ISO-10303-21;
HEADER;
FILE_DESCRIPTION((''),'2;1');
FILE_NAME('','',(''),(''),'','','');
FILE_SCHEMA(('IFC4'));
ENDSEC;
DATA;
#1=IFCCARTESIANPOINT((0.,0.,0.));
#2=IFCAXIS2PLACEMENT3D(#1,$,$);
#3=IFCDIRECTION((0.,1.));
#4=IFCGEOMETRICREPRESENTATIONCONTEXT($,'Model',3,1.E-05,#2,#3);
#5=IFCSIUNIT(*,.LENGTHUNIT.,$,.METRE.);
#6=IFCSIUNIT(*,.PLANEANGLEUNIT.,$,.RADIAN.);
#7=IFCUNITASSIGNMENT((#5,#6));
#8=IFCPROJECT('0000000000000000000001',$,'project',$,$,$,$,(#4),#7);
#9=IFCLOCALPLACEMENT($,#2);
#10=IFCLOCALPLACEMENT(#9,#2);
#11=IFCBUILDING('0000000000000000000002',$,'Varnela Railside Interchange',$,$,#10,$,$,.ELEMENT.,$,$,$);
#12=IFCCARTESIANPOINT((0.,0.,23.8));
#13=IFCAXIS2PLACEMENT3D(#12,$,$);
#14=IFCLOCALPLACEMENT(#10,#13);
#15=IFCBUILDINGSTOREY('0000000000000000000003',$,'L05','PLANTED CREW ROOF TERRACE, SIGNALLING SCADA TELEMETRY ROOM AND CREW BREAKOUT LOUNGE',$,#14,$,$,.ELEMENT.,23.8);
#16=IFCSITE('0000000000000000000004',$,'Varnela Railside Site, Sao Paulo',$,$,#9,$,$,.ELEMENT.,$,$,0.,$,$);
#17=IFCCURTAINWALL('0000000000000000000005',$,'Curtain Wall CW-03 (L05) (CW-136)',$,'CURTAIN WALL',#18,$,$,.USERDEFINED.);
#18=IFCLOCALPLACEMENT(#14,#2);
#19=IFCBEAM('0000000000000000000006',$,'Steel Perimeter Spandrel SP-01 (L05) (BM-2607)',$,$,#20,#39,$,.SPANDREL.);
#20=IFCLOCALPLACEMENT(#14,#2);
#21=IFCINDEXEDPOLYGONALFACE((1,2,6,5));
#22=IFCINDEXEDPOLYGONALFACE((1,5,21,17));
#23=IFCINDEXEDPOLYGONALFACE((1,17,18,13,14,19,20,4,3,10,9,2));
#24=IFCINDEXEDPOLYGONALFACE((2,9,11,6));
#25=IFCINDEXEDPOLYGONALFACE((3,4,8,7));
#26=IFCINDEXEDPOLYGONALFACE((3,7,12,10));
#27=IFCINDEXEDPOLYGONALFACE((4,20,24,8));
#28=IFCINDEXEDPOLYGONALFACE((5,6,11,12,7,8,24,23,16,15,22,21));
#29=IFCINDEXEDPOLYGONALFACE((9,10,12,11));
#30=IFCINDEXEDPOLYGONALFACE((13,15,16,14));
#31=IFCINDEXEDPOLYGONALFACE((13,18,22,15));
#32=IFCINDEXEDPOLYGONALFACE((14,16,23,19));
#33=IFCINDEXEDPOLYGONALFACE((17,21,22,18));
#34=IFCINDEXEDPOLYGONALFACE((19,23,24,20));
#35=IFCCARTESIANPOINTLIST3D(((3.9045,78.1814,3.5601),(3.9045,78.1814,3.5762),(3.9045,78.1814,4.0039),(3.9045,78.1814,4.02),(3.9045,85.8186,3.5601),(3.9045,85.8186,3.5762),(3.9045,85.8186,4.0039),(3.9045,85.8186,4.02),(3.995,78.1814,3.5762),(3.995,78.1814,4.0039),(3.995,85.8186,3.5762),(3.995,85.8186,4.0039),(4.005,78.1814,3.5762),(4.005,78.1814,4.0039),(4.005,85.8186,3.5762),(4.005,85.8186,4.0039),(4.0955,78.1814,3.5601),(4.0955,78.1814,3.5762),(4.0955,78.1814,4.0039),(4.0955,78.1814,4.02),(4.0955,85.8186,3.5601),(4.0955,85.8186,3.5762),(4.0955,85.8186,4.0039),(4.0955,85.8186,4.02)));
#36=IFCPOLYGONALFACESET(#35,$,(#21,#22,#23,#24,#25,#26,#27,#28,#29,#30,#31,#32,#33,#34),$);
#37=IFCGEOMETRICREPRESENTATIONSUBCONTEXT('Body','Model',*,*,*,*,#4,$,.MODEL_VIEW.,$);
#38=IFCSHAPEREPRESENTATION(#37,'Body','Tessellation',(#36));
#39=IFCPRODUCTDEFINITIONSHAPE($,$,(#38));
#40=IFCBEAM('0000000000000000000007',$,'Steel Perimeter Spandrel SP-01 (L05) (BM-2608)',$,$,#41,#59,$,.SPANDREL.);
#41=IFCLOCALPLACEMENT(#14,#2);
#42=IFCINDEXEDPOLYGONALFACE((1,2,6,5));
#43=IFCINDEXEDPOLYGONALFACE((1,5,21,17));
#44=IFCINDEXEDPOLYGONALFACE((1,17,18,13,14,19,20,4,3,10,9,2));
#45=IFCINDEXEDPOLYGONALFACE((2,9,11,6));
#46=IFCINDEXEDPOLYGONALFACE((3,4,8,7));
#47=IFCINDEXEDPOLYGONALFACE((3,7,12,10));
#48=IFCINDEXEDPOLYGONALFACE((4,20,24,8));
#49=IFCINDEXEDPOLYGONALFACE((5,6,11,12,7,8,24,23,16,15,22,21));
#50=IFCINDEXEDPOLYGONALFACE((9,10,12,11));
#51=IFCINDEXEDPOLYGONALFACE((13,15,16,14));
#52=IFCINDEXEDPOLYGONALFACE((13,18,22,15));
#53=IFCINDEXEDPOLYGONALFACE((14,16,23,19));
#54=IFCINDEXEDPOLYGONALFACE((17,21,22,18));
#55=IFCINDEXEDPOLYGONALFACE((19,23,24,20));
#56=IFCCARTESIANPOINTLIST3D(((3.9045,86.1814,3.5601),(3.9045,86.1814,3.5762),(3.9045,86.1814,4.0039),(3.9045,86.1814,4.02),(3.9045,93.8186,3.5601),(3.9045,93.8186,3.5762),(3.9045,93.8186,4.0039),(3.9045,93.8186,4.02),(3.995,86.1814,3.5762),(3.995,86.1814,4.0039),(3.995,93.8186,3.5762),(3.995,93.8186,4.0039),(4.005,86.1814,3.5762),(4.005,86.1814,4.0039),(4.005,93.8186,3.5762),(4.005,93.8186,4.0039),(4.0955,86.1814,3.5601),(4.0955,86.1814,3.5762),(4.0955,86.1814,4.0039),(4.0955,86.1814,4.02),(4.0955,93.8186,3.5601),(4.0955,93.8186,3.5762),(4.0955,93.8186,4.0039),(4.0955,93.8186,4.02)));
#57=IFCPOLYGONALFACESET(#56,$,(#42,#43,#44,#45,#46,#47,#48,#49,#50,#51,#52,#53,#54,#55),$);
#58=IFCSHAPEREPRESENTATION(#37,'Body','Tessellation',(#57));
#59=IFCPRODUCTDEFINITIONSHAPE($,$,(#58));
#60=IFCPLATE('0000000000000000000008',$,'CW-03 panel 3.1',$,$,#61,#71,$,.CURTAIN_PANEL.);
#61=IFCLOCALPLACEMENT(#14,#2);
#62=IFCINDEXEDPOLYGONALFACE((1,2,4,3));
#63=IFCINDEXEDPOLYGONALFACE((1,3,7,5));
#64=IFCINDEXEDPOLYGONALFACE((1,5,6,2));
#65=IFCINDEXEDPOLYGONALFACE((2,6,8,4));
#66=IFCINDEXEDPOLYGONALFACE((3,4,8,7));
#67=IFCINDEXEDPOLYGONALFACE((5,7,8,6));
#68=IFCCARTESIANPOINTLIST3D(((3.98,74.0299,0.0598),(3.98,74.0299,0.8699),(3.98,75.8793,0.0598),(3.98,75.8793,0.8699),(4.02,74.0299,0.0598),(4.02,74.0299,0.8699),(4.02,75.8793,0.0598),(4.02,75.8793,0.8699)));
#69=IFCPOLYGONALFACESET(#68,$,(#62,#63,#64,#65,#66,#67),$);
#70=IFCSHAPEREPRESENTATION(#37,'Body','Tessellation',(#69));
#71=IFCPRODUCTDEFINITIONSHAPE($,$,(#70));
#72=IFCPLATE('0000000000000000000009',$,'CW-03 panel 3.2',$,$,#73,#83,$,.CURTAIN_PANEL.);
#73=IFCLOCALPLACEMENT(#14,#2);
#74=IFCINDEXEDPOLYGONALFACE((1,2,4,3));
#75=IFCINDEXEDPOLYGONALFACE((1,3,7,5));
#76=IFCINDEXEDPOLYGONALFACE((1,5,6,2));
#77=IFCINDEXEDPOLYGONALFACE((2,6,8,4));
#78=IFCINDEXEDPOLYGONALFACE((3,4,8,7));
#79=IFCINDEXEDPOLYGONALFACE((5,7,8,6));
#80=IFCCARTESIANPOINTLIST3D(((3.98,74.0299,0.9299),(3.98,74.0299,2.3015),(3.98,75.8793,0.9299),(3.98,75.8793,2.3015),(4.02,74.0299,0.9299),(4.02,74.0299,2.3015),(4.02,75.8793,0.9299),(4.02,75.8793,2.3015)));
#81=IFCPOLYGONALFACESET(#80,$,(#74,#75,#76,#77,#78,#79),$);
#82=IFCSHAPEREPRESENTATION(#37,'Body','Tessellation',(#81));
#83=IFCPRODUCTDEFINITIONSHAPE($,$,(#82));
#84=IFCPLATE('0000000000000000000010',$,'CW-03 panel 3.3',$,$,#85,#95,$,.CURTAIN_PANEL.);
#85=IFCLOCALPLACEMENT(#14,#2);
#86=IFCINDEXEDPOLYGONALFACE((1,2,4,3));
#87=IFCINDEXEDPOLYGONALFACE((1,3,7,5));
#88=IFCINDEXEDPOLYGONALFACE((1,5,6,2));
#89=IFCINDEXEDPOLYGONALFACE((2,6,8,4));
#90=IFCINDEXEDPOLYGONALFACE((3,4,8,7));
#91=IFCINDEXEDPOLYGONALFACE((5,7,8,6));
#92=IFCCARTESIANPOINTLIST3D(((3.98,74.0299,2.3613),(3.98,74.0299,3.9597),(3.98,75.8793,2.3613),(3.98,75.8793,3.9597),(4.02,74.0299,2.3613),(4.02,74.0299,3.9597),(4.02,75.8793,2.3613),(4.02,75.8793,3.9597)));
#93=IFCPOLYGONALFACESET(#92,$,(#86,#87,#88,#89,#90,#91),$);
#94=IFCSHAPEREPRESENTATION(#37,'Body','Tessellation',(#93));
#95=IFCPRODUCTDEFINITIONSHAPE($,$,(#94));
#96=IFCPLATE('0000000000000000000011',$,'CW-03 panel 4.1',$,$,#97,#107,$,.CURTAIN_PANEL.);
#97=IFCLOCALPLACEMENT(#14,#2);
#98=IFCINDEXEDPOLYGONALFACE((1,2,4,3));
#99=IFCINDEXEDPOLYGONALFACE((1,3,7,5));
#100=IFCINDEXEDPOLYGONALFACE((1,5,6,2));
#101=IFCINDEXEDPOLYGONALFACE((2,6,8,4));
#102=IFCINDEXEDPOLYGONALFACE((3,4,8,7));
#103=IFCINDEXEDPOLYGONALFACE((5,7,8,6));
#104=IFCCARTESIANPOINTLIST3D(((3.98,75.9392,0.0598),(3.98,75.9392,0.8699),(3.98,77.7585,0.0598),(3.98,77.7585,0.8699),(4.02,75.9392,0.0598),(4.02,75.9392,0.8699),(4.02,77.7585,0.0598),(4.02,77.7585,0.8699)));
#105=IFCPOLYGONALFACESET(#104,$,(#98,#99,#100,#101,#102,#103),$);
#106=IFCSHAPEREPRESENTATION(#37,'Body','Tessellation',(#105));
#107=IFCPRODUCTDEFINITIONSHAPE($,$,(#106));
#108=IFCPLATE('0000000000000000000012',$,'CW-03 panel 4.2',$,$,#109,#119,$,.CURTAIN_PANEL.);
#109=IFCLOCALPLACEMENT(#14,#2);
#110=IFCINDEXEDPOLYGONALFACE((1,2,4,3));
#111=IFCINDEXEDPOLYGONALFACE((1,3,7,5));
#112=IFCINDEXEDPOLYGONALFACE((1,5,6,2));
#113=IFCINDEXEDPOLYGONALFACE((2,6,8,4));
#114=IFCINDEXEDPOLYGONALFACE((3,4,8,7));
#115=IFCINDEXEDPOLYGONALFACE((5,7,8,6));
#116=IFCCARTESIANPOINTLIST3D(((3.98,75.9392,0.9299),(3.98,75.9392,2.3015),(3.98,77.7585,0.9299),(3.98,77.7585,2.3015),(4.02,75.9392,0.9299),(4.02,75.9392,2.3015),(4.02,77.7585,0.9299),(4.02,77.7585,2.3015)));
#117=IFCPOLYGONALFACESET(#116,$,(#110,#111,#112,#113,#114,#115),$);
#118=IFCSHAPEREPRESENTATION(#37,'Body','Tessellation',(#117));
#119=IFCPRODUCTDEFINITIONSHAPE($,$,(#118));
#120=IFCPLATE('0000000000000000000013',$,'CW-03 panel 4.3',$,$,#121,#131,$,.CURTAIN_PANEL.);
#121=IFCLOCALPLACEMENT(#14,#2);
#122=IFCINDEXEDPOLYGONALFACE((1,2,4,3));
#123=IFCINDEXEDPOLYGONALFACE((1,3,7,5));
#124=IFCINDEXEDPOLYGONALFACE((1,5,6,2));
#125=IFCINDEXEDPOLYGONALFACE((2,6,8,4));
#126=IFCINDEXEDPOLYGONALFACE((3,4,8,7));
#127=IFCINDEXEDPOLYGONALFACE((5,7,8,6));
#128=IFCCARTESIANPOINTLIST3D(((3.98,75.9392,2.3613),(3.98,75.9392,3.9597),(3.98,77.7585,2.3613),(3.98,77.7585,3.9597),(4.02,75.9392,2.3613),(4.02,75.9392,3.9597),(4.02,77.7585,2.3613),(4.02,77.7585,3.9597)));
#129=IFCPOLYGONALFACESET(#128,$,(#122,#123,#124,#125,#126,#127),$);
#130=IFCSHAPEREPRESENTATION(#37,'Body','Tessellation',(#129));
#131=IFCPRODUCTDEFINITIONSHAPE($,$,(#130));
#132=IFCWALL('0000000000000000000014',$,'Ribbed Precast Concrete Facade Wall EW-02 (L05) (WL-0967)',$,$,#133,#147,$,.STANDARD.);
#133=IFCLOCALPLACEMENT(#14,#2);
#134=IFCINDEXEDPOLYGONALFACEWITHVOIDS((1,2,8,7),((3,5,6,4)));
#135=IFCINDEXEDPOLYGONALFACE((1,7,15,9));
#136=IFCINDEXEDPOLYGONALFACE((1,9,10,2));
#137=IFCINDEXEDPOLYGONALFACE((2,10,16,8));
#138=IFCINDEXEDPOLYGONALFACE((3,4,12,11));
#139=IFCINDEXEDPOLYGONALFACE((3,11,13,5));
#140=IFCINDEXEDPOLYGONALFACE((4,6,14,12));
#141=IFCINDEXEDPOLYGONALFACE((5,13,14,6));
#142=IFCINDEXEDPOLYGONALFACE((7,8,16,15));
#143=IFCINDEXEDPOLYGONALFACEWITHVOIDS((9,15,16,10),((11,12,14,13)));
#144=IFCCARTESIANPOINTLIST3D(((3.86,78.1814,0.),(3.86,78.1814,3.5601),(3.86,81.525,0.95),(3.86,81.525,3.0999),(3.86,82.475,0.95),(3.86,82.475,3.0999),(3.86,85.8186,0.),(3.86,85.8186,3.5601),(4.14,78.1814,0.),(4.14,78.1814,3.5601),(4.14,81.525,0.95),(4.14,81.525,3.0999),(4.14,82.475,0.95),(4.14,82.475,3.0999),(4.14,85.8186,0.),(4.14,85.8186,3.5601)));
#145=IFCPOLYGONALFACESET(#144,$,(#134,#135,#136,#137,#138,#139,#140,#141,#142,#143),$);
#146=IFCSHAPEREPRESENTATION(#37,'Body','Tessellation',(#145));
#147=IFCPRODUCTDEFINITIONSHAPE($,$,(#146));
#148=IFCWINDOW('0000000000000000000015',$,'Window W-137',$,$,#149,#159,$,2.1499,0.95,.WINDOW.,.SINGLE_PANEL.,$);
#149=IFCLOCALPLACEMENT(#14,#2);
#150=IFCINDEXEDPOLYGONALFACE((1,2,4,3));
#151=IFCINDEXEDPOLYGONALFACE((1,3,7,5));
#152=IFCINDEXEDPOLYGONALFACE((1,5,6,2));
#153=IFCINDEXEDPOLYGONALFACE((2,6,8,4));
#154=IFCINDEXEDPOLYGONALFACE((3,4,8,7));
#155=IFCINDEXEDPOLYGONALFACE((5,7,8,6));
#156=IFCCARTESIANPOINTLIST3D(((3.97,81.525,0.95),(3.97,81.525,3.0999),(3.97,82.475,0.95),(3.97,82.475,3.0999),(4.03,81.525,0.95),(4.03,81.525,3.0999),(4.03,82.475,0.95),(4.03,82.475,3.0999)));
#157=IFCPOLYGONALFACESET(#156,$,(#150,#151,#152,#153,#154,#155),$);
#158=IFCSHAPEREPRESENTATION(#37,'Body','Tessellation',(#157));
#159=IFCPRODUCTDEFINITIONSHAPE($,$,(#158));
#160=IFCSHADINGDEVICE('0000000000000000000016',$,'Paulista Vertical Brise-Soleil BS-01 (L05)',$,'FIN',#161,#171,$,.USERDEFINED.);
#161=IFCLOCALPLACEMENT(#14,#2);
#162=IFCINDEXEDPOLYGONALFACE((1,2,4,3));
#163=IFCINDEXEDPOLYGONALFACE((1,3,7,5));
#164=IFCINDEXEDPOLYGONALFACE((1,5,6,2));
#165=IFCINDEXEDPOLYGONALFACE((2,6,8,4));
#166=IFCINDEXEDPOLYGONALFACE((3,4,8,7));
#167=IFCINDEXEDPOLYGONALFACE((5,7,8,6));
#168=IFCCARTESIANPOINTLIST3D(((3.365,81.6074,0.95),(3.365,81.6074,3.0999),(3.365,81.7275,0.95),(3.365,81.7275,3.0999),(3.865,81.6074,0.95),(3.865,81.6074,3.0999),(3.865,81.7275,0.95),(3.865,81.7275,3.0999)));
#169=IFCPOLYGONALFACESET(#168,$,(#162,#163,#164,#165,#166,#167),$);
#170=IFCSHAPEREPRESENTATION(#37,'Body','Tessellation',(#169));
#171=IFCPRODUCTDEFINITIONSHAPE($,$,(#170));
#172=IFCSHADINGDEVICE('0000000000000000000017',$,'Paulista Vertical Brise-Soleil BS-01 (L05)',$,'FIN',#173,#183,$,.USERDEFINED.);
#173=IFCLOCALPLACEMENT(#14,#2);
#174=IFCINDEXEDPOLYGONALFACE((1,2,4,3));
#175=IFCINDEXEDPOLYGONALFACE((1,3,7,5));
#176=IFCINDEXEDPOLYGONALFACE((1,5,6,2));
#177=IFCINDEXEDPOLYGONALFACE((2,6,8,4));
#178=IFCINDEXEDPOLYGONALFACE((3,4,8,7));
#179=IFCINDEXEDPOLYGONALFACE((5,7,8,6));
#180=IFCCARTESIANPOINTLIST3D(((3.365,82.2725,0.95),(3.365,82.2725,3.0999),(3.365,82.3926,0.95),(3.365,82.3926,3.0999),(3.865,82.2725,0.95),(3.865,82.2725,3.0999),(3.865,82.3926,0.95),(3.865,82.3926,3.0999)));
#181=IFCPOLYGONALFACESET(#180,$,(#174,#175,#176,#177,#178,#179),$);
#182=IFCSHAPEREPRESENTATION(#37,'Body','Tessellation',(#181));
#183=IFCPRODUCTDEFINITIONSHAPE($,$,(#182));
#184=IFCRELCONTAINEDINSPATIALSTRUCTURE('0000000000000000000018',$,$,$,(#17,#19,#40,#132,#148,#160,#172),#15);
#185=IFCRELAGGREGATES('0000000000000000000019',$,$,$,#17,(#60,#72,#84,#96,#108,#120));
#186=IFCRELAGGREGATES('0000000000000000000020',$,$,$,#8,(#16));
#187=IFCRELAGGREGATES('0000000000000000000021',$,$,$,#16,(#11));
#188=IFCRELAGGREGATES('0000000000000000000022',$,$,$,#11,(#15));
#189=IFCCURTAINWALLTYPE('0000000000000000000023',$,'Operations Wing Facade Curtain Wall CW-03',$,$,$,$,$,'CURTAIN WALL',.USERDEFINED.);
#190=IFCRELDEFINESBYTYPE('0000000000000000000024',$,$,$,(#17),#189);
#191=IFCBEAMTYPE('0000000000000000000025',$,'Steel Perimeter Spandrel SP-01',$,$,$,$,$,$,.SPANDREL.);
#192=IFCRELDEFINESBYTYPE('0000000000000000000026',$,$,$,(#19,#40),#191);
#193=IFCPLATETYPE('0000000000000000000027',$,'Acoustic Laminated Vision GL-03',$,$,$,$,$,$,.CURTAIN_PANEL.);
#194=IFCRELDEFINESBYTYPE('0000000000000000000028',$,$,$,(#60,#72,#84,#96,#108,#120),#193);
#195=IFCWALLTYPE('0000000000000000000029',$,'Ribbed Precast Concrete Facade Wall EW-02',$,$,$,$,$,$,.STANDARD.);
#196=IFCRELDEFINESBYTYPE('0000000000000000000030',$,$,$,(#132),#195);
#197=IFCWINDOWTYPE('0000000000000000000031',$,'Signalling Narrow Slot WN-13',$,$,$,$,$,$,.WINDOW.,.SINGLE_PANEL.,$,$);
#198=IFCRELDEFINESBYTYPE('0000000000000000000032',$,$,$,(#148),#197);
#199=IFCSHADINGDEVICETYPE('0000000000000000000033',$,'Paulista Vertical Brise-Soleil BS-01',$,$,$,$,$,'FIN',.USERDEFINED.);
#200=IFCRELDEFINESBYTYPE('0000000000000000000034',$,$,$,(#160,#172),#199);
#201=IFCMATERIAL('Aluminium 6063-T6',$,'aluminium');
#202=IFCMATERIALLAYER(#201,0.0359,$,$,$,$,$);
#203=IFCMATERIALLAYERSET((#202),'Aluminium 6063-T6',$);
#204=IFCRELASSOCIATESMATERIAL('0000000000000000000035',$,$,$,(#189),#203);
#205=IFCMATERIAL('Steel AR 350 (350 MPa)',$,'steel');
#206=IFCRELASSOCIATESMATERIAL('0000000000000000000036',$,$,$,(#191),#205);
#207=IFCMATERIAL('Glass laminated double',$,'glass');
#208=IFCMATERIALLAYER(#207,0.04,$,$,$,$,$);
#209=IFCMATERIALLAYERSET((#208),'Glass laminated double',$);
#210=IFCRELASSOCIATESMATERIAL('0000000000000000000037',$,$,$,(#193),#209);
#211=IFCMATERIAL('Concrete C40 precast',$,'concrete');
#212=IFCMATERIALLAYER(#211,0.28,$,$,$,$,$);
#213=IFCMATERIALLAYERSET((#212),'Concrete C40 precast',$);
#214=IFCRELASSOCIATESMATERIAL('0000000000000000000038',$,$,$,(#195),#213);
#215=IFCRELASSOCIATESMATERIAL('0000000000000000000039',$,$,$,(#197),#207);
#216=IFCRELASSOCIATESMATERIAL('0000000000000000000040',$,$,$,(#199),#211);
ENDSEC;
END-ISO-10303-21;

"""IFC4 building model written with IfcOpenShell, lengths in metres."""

from ifc_helpers import new_model, si_unit, direction, frame, frame_2d, origin, origin_2d, place, context, subcontext, project, spatial, rectangle, i_section, extrude, material, layer, layer_set, material_profile, profile_set, type_object, element, fill, aggregate, save


model = new_model("IFC4")

# Units and contexts
model_context = context("Model", 3, precision=1e-05, world=origin(), true_north=direction((0.0, 1.0)))
body_context = subcontext(model_context, "Body", "Model", "MODEL_VIEW")
ifc_project = project(units=[si_unit("LENGTHUNIT", "METRE"), si_unit("PLANEANGLEUNIT", "RADIAN")], contexts=[model_context])

# Site, building, storey
site_placement = place(None, origin())
site = spatial("IfcSite", under=ifc_project, at=site_placement, Name="Varnela Railside Site, Sao Paulo", CompositionType="ELEMENT", RefElevation=0.0)
building_placement = place(site_placement, origin())
building = spatial("IfcBuilding", under=site, at=building_placement, Name="Varnela Railside Interchange", CompositionType="ELEMENT")
storey_placement = place(building_placement, frame((0.0, 0.0, 23.8)))
storey = spatial("IfcBuildingStorey", under=building, at=storey_placement, Name="L05", Description="PLANTED CREW ROOF TERRACE, SIGNALLING SCADA TELEMETRY ROOM AND CREW BREAKOUT LOUNGE", CompositionType="ELEMENT", Elevation=23.8)

# Shared definitions
ifc_material_1 = material(Name="Steel AR 350 (350 MPa)", Category="steel")

# Curtain wall
ifc_material_2 = material(Name="Aluminium 6063-T6", Category="aluminium")
ifc_layer_1 = layer(ifc_material_2, 0.0359)
ifc_layer_set_1 = layer_set([ifc_layer_1], Name="Aluminium 6063-T6")
curtain_wall_type = type_object("IfcCurtainWallType", Name="Operations Wing Facade Curtain Wall CW-03", ElementType="CURTAIN WALL", PredefinedType="USERDEFINED", material=ifc_layer_set_1)
curtain_wall_placement = place(storey_placement, origin())
curtain_wall = element("IfcCurtainWall", 1, at=curtain_wall_placement, inside=storey, type_object=curtain_wall_type, Name="Curtain Wall CW-03 (L05) (CW-136)", ObjectType="CURTAIN WALL", PredefinedType="USERDEFINED")

# Beams
ifc_material_profile_1 = material_profile(ifc_material_1, i_section(OverallWidth=0.1909, OverallDepth=0.46, WebThickness=0.01, FlangeThickness=0.0161, at=origin_2d()), Name="W460x82")
ifc_profile_set_1 = profile_set([ifc_material_profile_1], Name="Steel AR 350 (350 MPa)")
beam_type = type_object("IfcBeamType", Name="Steel Perimeter Spandrel SP-01", PredefinedType="SPANDREL", material=ifc_profile_set_1)
for number, where, z_axis, x_axis, name in (
    (2, (4.0, 78.1814, 3.79), (0.0, 1.0, 0.0), (-1.0, 0.0, 0.0), "Steel Perimeter Spandrel SP-01 (L05) (BM-2607)"),
    (3, (4.0, 86.1814, 3.79), (0.0, 1.0, 0.0), (-1.0, 0.0, 0.0), "Steel Perimeter Spandrel SP-01 (L05) (BM-2608)"),
):
    element("IfcBeam", number, at=place(storey_placement, frame(where, z_axis=z_axis, x_axis=x_axis)), inside=storey, type_object=beam_type, Name=name, PredefinedType="SPANDREL", context=body_context, shape_type="SweptSolid", body=[
        extrude(i_section(OverallWidth=0.1909, OverallDepth=0.46, WebThickness=0.01, FlangeThickness=0.0161, at=origin_2d()), origin(), (0.0, 0.0, 1.0), 7.6372),
    ])

# Plates
ifc_material_3 = material(Name="Glass laminated double", Category="glass")
ifc_layer_2 = layer(ifc_material_3, 0.04)
ifc_layer_set_2 = layer_set([ifc_layer_2], Name="Glass laminated double")
plate_type = type_object("IfcPlateType", Name="Acoustic Laminated Vision GL-03", PredefinedType="CURTAIN_PANEL", material=ifc_layer_set_2)
plate_1_placement = place(storey_placement, frame((4.0, 74.9546, 0.0598), z_axis=(0.0, 0.0, 1.0), x_axis=(0.0, 1.0, 0.0)))
plate_1 = element("IfcPlate", 4, at=plate_1_placement, type_object=plate_type, Name="CW-03 panel 3.1", PredefinedType="CURTAIN_PANEL", context=body_context, shape_type="SweptSolid", body=[
    extrude(rectangle(XDim=1.8494, YDim=0.04, at=origin_2d()), origin(), (0.0, 0.0, 1.0), 0.8101),
])
plate_2_placement = place(storey_placement, frame((4.0, 74.9546, 0.9299), z_axis=(0.0, 0.0, 1.0), x_axis=(0.0, 1.0, 0.0)))
plate_2 = element("IfcPlate", 5, at=plate_2_placement, type_object=plate_type, Name="CW-03 panel 3.2", PredefinedType="CURTAIN_PANEL", context=body_context, shape_type="SweptSolid", body=[
    extrude(rectangle(XDim=1.8494, YDim=0.04, at=origin_2d()), origin(), (0.0, 0.0, 1.0), 1.3716),
])
plate_3_placement = place(storey_placement, frame((4.0, 74.9546, 2.3613), z_axis=(0.0, 0.0, 1.0), x_axis=(0.0, 1.0, 0.0)))
plate_3 = element("IfcPlate", 6, at=plate_3_placement, type_object=plate_type, Name="CW-03 panel 3.3", PredefinedType="CURTAIN_PANEL", context=body_context, shape_type="SweptSolid", body=[
    extrude(rectangle(XDim=1.8494, YDim=0.04, at=origin_2d()), origin(), (0.0, 0.0, 1.0), 1.5984),
])
plate_4_placement = place(storey_placement, frame((4.0, 76.8489, 0.0598), z_axis=(0.0, 0.0, 1.0), x_axis=(0.0, 1.0, 0.0)))
plate_4 = element("IfcPlate", 7, at=plate_4_placement, type_object=plate_type, Name="CW-03 panel 4.1", PredefinedType="CURTAIN_PANEL", context=body_context, shape_type="SweptSolid", body=[
    extrude(rectangle(XDim=1.8193, YDim=0.04, at=origin_2d()), origin(), (0.0, 0.0, 1.0), 0.8101),
])
plate_5_placement = place(storey_placement, frame((4.0, 76.8489, 0.9299), z_axis=(0.0, 0.0, 1.0), x_axis=(0.0, 1.0, 0.0)))
plate_5 = element("IfcPlate", 8, at=plate_5_placement, type_object=plate_type, Name="CW-03 panel 4.2", PredefinedType="CURTAIN_PANEL", context=body_context, shape_type="SweptSolid", body=[
    extrude(rectangle(XDim=1.8193, YDim=0.04, at=origin_2d()), origin(), (0.0, 0.0, 1.0), 1.3716),
])
plate_6_placement = place(storey_placement, frame((4.0, 76.8489, 2.3613), z_axis=(0.0, 0.0, 1.0), x_axis=(0.0, 1.0, 0.0)))
plate_6 = element("IfcPlate", 9, at=plate_6_placement, type_object=plate_type, Name="CW-03 panel 4.3", PredefinedType="CURTAIN_PANEL", context=body_context, shape_type="SweptSolid", body=[
    extrude(rectangle(XDim=1.8193, YDim=0.04, at=origin_2d()), origin(), (0.0, 0.0, 1.0), 1.5984),
])
aggregate(curtain_wall, [plate_1, plate_2, plate_3, plate_4, plate_5, plate_6])

# Wall, opening, window
ifc_material_4 = material(Name="Concrete C40 precast", Category="concrete")
ifc_layer_3 = layer(ifc_material_4, 0.28)
ifc_layer_set_3 = layer_set([ifc_layer_3], Name="Concrete C40 precast")
wall_type = type_object("IfcWallType", Name="Ribbed Precast Concrete Facade Wall EW-02", PredefinedType="STANDARD", material=ifc_layer_set_3)
wall_placement = place(storey_placement, frame((4.0, 78.1814, 0.0), z_axis=(0.0, 0.0, 1.0), x_axis=(0.0, 1.0, 0.0)))
wall = element("IfcWall", 10, at=wall_placement, inside=storey, type_object=wall_type, Name="Ribbed Precast Concrete Facade Wall EW-02 (L05) (WL-0967)", PredefinedType="STANDARD", context=body_context, shape_type="SweptSolid", body=[
    extrude(rectangle(XDim=7.6372, YDim=0.28, at=frame_2d((3.8186, 0.0))), origin(), (0.0, 0.0, 1.0), 3.5601),
])
opening_placement = place(wall_placement, frame((3.3435, 0.0, 0.95)))
opening = element("IfcOpeningElement", 11, at=opening_placement, cuts=wall, PredefinedType="OPENING", context=body_context, shape_type="SweptSolid", body=[
    extrude(rectangle(XDim=0.95, YDim=2.1499, at=frame_2d((0.4751, 1.075))), frame((0.0, 0.1499, 0.0), z_axis=(0.0, -1.0, 0.0), x_axis=(1.0, 0.0, 0.0)), (0.0, 0.0, 1.0), 0.3),
])
window_type = type_object("IfcWindowType", Name="Signalling Narrow Slot WN-13", PartitioningType="SINGLE_PANEL", PredefinedType="WINDOW", material=ifc_material_3)
window_placement = place(opening_placement, origin())
window = element("IfcWindow", 12, at=window_placement, inside=storey, type_object=window_type, Name="Window W-137", OverallHeight=2.1499, OverallWidth=0.95, PartitioningType="SINGLE_PANEL", PredefinedType="WINDOW", context=body_context, shape_type="SweptSolid", body=[
    extrude(rectangle(XDim=0.95, YDim=2.1499, at=frame_2d((0.4751, 1.075))), frame((0.0, 0.03, 0.0), z_axis=(0.0, -1.0, 0.0), x_axis=(1.0, 0.0, 0.0)), (0.0, 0.0, 1.0), 0.0601),
])
fill(opening, window)

# Shading devices
shading_device_type = type_object("IfcShadingDeviceType", Name="Paulista Vertical Brise-Soleil BS-01", ElementType="FIN", PredefinedType="USERDEFINED", material=ifc_material_4)
for number, where, z_axis, x_axis, name in (
    (13, (3.615, 81.6675, 0.95), (0.0, 0.0, 1.0), (-1.0, 0.0, 0.0), "Paulista Vertical Brise-Soleil BS-01 (L05)"),
    (14, (3.615, 82.3325, 0.95), (0.0, 0.0, 1.0), (-1.0, 0.0, 0.0), "Paulista Vertical Brise-Soleil BS-01 (L05)"),
):
    element("IfcShadingDevice", number, at=place(storey_placement, frame(where, z_axis=z_axis, x_axis=x_axis)), inside=storey, type_object=shading_device_type, Name=name, ObjectType="FIN", PredefinedType="USERDEFINED", context=body_context, shape_type="SweptSolid", body=[
        extrude(rectangle(XDim=0.5, YDim=0.1201, at=origin_2d()), origin(), (0.0, 0.0, 1.0), 2.1499),
    ])

save(model, "model.ifc")
